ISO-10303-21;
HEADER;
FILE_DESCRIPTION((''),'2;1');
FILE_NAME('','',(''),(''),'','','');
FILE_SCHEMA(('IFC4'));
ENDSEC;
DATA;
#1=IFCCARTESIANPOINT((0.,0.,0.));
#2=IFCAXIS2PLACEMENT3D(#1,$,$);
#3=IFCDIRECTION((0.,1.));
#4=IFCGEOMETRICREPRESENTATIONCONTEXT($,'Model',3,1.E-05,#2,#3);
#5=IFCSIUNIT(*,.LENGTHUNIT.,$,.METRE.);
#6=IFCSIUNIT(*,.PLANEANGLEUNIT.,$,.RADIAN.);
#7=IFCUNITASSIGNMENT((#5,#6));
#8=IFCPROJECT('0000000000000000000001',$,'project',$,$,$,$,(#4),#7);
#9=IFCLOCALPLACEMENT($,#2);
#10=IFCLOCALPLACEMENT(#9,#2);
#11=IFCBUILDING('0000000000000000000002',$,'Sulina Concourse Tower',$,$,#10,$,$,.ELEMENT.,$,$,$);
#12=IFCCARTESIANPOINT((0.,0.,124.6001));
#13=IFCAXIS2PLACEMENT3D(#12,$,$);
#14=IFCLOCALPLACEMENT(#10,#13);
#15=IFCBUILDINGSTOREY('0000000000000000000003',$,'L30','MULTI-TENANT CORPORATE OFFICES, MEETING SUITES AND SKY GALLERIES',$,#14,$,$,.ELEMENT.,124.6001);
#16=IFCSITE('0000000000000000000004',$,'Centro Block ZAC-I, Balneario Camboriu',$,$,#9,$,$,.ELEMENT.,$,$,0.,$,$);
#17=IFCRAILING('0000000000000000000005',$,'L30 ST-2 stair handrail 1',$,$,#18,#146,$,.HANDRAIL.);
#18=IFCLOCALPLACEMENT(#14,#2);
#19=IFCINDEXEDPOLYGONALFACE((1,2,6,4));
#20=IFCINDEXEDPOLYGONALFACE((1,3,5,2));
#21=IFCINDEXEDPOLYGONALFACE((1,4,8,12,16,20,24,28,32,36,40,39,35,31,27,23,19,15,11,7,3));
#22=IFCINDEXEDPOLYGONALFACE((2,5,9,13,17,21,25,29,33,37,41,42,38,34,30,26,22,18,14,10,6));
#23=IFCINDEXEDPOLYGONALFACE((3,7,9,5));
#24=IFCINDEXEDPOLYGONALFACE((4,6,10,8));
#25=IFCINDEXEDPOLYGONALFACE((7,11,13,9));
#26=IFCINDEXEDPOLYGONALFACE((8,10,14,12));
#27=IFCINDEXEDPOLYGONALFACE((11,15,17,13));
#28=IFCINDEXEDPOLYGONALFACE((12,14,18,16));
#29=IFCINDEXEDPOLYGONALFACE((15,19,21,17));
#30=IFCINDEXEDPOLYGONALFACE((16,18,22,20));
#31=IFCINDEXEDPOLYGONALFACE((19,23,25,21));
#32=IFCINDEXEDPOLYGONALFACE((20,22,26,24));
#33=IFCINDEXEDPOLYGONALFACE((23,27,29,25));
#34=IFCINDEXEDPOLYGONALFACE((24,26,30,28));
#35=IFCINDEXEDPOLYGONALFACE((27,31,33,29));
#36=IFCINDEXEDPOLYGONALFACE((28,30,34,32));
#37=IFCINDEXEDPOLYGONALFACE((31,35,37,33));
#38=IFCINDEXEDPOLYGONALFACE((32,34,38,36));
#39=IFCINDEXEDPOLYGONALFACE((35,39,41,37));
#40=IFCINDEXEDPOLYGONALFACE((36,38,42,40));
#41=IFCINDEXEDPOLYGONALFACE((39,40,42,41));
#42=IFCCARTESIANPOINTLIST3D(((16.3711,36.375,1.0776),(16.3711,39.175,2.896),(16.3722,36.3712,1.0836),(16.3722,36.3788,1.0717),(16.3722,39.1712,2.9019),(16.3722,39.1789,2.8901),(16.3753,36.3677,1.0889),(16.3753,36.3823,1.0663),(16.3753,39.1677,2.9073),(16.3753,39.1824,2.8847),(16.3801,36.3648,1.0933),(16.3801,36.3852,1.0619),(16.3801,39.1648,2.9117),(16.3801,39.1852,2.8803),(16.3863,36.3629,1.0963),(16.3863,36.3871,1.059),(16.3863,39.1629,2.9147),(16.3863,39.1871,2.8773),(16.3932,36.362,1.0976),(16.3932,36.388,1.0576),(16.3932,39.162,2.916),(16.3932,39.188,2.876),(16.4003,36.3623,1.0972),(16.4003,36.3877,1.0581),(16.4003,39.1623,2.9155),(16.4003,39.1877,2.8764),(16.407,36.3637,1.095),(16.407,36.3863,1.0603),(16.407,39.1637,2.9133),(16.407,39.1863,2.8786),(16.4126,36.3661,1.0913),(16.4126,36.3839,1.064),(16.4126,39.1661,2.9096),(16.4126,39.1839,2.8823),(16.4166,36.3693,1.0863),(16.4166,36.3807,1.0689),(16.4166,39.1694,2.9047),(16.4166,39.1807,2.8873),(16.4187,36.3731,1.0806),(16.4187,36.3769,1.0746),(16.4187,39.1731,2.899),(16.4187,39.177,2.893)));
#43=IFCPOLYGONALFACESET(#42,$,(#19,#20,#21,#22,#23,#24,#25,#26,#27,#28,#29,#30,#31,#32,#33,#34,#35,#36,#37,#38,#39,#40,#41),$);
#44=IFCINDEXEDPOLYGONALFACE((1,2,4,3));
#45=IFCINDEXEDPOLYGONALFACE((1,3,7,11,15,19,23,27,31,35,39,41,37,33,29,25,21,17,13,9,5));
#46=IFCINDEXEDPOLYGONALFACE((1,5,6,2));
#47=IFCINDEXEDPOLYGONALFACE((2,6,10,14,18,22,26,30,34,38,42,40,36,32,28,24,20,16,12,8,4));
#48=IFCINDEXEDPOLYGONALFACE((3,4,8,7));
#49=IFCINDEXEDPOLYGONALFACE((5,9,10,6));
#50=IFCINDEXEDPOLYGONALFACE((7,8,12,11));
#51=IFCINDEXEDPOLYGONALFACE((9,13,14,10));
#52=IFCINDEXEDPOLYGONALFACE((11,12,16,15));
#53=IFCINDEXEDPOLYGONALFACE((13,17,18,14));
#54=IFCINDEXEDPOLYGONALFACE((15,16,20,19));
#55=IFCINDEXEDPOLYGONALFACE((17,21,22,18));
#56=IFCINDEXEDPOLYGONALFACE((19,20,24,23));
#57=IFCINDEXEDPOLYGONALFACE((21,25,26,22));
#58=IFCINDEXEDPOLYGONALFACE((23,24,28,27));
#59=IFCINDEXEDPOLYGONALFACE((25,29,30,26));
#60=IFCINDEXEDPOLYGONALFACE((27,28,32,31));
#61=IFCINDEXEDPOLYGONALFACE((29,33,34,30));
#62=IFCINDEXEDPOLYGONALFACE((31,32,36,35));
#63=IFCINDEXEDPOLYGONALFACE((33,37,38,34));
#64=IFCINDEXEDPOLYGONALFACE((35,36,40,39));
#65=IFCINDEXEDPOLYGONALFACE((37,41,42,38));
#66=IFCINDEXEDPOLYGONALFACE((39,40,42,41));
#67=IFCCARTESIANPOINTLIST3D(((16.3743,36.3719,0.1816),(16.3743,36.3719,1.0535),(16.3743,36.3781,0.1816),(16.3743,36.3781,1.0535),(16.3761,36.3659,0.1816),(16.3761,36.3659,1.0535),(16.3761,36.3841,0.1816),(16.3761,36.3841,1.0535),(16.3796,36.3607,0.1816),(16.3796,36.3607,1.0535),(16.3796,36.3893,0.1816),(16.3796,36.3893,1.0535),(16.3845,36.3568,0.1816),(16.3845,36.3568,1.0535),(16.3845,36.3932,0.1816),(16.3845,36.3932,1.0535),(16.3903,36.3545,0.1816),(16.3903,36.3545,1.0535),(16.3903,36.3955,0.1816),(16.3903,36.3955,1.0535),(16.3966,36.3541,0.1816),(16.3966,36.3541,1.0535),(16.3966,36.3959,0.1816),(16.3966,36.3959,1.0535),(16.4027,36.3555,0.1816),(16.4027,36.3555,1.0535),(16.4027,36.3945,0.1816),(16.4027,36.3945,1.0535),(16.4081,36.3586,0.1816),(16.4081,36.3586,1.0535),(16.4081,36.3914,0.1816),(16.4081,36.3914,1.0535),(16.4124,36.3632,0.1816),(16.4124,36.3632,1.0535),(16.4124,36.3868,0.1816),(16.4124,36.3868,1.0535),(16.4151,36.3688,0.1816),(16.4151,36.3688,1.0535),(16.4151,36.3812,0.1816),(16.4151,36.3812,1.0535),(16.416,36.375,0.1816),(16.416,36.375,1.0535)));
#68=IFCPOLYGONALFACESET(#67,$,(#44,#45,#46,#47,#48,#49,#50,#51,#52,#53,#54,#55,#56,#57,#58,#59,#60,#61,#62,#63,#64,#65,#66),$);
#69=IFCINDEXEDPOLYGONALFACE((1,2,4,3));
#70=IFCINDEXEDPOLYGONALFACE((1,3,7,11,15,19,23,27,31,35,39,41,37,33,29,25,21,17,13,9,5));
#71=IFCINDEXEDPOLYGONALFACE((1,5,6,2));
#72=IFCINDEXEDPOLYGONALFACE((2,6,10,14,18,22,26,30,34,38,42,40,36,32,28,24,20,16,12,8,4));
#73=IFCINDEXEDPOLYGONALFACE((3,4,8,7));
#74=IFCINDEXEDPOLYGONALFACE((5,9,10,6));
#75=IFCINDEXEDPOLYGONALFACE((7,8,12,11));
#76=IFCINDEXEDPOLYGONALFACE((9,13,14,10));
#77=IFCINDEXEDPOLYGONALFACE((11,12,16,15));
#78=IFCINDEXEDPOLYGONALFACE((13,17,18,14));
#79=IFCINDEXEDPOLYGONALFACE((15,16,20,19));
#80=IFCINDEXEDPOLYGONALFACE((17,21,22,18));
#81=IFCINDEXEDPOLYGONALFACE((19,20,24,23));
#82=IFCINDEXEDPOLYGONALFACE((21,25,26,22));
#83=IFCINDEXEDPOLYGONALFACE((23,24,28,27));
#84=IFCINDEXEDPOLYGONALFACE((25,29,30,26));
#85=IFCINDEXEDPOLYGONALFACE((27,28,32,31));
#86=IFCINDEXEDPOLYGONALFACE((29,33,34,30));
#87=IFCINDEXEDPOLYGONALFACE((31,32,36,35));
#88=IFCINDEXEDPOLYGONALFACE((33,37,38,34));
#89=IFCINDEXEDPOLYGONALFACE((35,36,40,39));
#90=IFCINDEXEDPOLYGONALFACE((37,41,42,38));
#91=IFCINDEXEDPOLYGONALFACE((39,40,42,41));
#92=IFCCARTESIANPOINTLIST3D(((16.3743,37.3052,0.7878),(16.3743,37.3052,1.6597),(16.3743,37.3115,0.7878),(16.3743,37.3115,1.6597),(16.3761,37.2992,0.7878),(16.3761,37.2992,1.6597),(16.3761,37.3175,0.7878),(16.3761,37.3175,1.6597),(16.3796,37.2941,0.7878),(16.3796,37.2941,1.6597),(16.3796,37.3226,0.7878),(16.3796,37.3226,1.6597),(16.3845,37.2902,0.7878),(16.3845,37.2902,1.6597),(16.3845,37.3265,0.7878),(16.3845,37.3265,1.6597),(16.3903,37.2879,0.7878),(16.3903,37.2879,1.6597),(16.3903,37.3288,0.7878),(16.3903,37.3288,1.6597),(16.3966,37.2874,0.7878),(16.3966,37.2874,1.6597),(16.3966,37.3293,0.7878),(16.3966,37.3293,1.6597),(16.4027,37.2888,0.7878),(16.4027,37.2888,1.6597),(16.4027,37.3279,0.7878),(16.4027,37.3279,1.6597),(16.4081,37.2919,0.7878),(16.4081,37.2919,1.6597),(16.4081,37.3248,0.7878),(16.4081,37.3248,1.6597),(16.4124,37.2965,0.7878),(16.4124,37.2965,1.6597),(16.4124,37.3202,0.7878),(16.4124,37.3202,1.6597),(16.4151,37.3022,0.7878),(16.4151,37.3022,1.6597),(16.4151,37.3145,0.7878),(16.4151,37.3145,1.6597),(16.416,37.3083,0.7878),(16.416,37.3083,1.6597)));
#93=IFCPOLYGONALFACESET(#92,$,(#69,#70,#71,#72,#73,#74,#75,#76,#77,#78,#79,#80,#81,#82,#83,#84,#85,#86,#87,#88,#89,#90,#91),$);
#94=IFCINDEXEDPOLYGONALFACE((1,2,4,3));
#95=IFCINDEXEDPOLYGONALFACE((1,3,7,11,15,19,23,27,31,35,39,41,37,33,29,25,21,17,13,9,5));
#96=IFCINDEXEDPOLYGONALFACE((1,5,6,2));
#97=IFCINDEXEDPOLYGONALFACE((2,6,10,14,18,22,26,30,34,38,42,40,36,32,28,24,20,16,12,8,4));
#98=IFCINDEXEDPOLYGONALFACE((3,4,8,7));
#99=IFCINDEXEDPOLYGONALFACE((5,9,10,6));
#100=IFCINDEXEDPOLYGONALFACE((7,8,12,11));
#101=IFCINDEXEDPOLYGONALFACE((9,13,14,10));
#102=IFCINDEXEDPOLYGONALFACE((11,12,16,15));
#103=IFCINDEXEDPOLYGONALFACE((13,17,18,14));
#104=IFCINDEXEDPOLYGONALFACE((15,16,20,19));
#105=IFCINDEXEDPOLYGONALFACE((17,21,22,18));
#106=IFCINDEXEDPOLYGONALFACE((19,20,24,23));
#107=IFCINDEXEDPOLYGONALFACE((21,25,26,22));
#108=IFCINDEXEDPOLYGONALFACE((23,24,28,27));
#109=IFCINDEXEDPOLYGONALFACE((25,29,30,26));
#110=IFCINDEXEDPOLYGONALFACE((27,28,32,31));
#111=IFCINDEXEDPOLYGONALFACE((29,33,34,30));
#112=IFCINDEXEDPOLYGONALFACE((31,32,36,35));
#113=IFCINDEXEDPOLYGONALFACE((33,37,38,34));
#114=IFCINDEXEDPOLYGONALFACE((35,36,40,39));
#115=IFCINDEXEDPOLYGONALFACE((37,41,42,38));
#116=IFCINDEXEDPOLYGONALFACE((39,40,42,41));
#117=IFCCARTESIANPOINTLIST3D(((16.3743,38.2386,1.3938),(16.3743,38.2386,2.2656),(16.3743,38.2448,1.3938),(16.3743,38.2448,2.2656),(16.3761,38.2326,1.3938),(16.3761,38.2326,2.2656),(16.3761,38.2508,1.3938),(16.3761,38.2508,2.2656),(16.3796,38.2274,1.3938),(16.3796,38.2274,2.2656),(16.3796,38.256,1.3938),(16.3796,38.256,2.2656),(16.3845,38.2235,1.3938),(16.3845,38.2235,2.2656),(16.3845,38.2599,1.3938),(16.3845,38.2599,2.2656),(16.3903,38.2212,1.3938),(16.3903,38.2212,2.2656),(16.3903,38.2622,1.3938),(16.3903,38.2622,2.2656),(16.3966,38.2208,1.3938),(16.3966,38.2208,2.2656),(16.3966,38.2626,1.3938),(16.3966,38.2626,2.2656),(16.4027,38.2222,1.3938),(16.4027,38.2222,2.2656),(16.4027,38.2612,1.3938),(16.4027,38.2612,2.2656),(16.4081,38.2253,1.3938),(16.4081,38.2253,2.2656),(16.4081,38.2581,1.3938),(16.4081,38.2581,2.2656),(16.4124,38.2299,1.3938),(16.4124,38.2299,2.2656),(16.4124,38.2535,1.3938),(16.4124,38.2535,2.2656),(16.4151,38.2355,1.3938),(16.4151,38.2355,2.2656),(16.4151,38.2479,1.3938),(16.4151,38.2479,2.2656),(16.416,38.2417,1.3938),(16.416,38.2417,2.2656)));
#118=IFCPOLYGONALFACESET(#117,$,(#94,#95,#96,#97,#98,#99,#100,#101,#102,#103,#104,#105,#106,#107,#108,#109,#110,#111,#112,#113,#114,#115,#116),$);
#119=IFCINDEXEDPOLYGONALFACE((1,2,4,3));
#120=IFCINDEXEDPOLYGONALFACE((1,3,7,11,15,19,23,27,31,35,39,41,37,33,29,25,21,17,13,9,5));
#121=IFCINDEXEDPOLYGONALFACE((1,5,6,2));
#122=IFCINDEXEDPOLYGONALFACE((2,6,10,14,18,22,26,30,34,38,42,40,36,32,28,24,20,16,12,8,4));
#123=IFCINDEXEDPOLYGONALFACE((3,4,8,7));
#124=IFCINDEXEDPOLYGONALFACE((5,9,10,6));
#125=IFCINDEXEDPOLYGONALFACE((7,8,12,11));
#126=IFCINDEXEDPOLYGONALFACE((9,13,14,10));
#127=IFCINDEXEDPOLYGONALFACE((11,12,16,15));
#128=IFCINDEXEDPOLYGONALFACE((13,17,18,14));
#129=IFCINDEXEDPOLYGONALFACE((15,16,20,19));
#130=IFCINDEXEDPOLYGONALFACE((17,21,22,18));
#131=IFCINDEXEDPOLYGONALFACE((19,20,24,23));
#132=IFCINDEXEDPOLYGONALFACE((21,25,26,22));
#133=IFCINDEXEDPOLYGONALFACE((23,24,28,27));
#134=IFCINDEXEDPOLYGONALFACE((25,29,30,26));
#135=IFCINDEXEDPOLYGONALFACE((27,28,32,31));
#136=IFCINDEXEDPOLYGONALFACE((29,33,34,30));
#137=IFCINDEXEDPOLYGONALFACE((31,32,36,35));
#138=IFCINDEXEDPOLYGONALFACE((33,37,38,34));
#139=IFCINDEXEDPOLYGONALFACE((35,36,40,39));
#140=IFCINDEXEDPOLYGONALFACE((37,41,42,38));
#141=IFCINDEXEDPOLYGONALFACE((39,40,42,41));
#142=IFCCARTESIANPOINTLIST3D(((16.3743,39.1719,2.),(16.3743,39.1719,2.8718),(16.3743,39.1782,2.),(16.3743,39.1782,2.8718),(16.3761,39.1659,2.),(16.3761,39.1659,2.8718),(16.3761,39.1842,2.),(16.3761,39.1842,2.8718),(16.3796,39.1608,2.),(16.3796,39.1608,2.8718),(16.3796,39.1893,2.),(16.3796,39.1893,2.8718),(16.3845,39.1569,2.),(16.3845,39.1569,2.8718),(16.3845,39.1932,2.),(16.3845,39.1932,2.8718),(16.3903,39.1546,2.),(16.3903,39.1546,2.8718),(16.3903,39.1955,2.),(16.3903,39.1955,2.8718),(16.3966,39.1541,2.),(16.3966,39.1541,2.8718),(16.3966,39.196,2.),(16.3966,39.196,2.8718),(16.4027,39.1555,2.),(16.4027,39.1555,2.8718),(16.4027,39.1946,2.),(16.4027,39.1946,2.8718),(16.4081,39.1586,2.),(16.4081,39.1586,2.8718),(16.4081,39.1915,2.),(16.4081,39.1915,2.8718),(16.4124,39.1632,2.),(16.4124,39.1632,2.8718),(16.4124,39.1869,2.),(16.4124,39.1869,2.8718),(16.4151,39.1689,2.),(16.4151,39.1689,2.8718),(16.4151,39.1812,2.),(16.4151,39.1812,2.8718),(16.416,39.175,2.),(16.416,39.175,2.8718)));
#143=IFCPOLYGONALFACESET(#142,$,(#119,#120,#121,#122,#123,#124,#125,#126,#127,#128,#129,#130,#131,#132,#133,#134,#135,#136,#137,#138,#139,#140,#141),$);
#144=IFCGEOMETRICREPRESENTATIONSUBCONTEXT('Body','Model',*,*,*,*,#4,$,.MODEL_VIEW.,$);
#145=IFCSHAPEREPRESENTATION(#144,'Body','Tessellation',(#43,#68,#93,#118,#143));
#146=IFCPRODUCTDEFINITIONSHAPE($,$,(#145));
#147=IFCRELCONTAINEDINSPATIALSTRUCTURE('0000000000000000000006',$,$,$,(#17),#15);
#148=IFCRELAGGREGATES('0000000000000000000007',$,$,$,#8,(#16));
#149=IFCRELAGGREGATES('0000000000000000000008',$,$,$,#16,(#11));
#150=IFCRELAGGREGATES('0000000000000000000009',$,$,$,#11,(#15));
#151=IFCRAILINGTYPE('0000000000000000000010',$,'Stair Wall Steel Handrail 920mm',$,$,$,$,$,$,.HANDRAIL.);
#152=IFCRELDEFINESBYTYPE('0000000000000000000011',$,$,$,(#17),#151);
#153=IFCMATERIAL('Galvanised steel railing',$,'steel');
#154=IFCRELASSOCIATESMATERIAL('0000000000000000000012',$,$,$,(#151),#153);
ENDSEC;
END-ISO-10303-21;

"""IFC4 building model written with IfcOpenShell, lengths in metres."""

from ifc_helpers import new_model, si_unit, direction, frame, origin, origin_2d, place, context, subcontext, project, spatial, circle, extrude, material, type_object, element, save


model = new_model("IFC4")

# Units and contexts
model_context = context("Model", 3, precision=1e-05, world=origin(), true_north=direction((0.0, 1.0)))
body_context = subcontext(model_context, "Body", "Model", "MODEL_VIEW")
ifc_project = project(units=[si_unit("LENGTHUNIT", "METRE"), si_unit("PLANEANGLEUNIT", "RADIAN")], contexts=[model_context])

# Site, building, storey
site_placement = place(None, origin())
site = spatial("IfcSite", under=ifc_project, at=site_placement, Name="Centro Block ZAC-I, Balneario Camboriu", CompositionType="ELEMENT", RefElevation=0.0)
building_placement = place(site_placement, origin())
building = spatial("IfcBuilding", under=site, at=building_placement, Name="Sulina Concourse Tower", CompositionType="ELEMENT")
storey_placement = place(building_placement, frame((0.0, 0.0, 124.6001)))
storey = spatial("IfcBuildingStorey", under=building, at=storey_placement, Name="L30", Description="MULTI-TENANT CORPORATE OFFICES, MEETING SUITES AND SKY GALLERIES", CompositionType="ELEMENT", Elevation=124.6001)

# Railing
ifc_material_1 = material(Name="Galvanised steel railing", Category="steel")
railing_type_1 = type_object("IfcRailingType", Name="Stair Wall Steel Handrail 920mm", PredefinedType="HANDRAIL", material=ifc_material_1)
railing_1_placement = place(storey_placement, frame((16.395, 36.375, 0.1816)))
element("IfcRailing", 1, at=railing_1_placement, inside=storey, type_object=railing_type_1, Name="L30 ST-2 stair handrail 1", PredefinedType="HANDRAIL", context=body_context, shape_type="SweptSolid", body=[
    extrude(circle(Radius=0.0239, at=origin_2d()), frame((0.0, 0.0, 0.896), z_axis=(0.0, 0.838672, 0.544636), x_axis=(-1.0, 0.0, 0.0)), (0.0, 0.0, 1.0), 3.3386),
    extrude(circle(Radius=0.021, at=origin_2d()), origin(), (0.0, 0.0, 1.0), 0.8718),
    extrude(circle(Radius=0.021, at=origin_2d()), frame((0.0, 0.9333, 0.6062)), (0.0, 0.0, 1.0), 0.8718),
    extrude(circle(Radius=0.021, at=origin_2d()), frame((0.0, 1.8667, 1.2122)), (0.0, 0.0, 1.0), 0.8718),
    extrude(circle(Radius=0.021, at=origin_2d()), frame((0.0, 2.8, 1.8184)), (0.0, 0.0, 1.0), 0.8718),
])

save(model, "model.ifc")
